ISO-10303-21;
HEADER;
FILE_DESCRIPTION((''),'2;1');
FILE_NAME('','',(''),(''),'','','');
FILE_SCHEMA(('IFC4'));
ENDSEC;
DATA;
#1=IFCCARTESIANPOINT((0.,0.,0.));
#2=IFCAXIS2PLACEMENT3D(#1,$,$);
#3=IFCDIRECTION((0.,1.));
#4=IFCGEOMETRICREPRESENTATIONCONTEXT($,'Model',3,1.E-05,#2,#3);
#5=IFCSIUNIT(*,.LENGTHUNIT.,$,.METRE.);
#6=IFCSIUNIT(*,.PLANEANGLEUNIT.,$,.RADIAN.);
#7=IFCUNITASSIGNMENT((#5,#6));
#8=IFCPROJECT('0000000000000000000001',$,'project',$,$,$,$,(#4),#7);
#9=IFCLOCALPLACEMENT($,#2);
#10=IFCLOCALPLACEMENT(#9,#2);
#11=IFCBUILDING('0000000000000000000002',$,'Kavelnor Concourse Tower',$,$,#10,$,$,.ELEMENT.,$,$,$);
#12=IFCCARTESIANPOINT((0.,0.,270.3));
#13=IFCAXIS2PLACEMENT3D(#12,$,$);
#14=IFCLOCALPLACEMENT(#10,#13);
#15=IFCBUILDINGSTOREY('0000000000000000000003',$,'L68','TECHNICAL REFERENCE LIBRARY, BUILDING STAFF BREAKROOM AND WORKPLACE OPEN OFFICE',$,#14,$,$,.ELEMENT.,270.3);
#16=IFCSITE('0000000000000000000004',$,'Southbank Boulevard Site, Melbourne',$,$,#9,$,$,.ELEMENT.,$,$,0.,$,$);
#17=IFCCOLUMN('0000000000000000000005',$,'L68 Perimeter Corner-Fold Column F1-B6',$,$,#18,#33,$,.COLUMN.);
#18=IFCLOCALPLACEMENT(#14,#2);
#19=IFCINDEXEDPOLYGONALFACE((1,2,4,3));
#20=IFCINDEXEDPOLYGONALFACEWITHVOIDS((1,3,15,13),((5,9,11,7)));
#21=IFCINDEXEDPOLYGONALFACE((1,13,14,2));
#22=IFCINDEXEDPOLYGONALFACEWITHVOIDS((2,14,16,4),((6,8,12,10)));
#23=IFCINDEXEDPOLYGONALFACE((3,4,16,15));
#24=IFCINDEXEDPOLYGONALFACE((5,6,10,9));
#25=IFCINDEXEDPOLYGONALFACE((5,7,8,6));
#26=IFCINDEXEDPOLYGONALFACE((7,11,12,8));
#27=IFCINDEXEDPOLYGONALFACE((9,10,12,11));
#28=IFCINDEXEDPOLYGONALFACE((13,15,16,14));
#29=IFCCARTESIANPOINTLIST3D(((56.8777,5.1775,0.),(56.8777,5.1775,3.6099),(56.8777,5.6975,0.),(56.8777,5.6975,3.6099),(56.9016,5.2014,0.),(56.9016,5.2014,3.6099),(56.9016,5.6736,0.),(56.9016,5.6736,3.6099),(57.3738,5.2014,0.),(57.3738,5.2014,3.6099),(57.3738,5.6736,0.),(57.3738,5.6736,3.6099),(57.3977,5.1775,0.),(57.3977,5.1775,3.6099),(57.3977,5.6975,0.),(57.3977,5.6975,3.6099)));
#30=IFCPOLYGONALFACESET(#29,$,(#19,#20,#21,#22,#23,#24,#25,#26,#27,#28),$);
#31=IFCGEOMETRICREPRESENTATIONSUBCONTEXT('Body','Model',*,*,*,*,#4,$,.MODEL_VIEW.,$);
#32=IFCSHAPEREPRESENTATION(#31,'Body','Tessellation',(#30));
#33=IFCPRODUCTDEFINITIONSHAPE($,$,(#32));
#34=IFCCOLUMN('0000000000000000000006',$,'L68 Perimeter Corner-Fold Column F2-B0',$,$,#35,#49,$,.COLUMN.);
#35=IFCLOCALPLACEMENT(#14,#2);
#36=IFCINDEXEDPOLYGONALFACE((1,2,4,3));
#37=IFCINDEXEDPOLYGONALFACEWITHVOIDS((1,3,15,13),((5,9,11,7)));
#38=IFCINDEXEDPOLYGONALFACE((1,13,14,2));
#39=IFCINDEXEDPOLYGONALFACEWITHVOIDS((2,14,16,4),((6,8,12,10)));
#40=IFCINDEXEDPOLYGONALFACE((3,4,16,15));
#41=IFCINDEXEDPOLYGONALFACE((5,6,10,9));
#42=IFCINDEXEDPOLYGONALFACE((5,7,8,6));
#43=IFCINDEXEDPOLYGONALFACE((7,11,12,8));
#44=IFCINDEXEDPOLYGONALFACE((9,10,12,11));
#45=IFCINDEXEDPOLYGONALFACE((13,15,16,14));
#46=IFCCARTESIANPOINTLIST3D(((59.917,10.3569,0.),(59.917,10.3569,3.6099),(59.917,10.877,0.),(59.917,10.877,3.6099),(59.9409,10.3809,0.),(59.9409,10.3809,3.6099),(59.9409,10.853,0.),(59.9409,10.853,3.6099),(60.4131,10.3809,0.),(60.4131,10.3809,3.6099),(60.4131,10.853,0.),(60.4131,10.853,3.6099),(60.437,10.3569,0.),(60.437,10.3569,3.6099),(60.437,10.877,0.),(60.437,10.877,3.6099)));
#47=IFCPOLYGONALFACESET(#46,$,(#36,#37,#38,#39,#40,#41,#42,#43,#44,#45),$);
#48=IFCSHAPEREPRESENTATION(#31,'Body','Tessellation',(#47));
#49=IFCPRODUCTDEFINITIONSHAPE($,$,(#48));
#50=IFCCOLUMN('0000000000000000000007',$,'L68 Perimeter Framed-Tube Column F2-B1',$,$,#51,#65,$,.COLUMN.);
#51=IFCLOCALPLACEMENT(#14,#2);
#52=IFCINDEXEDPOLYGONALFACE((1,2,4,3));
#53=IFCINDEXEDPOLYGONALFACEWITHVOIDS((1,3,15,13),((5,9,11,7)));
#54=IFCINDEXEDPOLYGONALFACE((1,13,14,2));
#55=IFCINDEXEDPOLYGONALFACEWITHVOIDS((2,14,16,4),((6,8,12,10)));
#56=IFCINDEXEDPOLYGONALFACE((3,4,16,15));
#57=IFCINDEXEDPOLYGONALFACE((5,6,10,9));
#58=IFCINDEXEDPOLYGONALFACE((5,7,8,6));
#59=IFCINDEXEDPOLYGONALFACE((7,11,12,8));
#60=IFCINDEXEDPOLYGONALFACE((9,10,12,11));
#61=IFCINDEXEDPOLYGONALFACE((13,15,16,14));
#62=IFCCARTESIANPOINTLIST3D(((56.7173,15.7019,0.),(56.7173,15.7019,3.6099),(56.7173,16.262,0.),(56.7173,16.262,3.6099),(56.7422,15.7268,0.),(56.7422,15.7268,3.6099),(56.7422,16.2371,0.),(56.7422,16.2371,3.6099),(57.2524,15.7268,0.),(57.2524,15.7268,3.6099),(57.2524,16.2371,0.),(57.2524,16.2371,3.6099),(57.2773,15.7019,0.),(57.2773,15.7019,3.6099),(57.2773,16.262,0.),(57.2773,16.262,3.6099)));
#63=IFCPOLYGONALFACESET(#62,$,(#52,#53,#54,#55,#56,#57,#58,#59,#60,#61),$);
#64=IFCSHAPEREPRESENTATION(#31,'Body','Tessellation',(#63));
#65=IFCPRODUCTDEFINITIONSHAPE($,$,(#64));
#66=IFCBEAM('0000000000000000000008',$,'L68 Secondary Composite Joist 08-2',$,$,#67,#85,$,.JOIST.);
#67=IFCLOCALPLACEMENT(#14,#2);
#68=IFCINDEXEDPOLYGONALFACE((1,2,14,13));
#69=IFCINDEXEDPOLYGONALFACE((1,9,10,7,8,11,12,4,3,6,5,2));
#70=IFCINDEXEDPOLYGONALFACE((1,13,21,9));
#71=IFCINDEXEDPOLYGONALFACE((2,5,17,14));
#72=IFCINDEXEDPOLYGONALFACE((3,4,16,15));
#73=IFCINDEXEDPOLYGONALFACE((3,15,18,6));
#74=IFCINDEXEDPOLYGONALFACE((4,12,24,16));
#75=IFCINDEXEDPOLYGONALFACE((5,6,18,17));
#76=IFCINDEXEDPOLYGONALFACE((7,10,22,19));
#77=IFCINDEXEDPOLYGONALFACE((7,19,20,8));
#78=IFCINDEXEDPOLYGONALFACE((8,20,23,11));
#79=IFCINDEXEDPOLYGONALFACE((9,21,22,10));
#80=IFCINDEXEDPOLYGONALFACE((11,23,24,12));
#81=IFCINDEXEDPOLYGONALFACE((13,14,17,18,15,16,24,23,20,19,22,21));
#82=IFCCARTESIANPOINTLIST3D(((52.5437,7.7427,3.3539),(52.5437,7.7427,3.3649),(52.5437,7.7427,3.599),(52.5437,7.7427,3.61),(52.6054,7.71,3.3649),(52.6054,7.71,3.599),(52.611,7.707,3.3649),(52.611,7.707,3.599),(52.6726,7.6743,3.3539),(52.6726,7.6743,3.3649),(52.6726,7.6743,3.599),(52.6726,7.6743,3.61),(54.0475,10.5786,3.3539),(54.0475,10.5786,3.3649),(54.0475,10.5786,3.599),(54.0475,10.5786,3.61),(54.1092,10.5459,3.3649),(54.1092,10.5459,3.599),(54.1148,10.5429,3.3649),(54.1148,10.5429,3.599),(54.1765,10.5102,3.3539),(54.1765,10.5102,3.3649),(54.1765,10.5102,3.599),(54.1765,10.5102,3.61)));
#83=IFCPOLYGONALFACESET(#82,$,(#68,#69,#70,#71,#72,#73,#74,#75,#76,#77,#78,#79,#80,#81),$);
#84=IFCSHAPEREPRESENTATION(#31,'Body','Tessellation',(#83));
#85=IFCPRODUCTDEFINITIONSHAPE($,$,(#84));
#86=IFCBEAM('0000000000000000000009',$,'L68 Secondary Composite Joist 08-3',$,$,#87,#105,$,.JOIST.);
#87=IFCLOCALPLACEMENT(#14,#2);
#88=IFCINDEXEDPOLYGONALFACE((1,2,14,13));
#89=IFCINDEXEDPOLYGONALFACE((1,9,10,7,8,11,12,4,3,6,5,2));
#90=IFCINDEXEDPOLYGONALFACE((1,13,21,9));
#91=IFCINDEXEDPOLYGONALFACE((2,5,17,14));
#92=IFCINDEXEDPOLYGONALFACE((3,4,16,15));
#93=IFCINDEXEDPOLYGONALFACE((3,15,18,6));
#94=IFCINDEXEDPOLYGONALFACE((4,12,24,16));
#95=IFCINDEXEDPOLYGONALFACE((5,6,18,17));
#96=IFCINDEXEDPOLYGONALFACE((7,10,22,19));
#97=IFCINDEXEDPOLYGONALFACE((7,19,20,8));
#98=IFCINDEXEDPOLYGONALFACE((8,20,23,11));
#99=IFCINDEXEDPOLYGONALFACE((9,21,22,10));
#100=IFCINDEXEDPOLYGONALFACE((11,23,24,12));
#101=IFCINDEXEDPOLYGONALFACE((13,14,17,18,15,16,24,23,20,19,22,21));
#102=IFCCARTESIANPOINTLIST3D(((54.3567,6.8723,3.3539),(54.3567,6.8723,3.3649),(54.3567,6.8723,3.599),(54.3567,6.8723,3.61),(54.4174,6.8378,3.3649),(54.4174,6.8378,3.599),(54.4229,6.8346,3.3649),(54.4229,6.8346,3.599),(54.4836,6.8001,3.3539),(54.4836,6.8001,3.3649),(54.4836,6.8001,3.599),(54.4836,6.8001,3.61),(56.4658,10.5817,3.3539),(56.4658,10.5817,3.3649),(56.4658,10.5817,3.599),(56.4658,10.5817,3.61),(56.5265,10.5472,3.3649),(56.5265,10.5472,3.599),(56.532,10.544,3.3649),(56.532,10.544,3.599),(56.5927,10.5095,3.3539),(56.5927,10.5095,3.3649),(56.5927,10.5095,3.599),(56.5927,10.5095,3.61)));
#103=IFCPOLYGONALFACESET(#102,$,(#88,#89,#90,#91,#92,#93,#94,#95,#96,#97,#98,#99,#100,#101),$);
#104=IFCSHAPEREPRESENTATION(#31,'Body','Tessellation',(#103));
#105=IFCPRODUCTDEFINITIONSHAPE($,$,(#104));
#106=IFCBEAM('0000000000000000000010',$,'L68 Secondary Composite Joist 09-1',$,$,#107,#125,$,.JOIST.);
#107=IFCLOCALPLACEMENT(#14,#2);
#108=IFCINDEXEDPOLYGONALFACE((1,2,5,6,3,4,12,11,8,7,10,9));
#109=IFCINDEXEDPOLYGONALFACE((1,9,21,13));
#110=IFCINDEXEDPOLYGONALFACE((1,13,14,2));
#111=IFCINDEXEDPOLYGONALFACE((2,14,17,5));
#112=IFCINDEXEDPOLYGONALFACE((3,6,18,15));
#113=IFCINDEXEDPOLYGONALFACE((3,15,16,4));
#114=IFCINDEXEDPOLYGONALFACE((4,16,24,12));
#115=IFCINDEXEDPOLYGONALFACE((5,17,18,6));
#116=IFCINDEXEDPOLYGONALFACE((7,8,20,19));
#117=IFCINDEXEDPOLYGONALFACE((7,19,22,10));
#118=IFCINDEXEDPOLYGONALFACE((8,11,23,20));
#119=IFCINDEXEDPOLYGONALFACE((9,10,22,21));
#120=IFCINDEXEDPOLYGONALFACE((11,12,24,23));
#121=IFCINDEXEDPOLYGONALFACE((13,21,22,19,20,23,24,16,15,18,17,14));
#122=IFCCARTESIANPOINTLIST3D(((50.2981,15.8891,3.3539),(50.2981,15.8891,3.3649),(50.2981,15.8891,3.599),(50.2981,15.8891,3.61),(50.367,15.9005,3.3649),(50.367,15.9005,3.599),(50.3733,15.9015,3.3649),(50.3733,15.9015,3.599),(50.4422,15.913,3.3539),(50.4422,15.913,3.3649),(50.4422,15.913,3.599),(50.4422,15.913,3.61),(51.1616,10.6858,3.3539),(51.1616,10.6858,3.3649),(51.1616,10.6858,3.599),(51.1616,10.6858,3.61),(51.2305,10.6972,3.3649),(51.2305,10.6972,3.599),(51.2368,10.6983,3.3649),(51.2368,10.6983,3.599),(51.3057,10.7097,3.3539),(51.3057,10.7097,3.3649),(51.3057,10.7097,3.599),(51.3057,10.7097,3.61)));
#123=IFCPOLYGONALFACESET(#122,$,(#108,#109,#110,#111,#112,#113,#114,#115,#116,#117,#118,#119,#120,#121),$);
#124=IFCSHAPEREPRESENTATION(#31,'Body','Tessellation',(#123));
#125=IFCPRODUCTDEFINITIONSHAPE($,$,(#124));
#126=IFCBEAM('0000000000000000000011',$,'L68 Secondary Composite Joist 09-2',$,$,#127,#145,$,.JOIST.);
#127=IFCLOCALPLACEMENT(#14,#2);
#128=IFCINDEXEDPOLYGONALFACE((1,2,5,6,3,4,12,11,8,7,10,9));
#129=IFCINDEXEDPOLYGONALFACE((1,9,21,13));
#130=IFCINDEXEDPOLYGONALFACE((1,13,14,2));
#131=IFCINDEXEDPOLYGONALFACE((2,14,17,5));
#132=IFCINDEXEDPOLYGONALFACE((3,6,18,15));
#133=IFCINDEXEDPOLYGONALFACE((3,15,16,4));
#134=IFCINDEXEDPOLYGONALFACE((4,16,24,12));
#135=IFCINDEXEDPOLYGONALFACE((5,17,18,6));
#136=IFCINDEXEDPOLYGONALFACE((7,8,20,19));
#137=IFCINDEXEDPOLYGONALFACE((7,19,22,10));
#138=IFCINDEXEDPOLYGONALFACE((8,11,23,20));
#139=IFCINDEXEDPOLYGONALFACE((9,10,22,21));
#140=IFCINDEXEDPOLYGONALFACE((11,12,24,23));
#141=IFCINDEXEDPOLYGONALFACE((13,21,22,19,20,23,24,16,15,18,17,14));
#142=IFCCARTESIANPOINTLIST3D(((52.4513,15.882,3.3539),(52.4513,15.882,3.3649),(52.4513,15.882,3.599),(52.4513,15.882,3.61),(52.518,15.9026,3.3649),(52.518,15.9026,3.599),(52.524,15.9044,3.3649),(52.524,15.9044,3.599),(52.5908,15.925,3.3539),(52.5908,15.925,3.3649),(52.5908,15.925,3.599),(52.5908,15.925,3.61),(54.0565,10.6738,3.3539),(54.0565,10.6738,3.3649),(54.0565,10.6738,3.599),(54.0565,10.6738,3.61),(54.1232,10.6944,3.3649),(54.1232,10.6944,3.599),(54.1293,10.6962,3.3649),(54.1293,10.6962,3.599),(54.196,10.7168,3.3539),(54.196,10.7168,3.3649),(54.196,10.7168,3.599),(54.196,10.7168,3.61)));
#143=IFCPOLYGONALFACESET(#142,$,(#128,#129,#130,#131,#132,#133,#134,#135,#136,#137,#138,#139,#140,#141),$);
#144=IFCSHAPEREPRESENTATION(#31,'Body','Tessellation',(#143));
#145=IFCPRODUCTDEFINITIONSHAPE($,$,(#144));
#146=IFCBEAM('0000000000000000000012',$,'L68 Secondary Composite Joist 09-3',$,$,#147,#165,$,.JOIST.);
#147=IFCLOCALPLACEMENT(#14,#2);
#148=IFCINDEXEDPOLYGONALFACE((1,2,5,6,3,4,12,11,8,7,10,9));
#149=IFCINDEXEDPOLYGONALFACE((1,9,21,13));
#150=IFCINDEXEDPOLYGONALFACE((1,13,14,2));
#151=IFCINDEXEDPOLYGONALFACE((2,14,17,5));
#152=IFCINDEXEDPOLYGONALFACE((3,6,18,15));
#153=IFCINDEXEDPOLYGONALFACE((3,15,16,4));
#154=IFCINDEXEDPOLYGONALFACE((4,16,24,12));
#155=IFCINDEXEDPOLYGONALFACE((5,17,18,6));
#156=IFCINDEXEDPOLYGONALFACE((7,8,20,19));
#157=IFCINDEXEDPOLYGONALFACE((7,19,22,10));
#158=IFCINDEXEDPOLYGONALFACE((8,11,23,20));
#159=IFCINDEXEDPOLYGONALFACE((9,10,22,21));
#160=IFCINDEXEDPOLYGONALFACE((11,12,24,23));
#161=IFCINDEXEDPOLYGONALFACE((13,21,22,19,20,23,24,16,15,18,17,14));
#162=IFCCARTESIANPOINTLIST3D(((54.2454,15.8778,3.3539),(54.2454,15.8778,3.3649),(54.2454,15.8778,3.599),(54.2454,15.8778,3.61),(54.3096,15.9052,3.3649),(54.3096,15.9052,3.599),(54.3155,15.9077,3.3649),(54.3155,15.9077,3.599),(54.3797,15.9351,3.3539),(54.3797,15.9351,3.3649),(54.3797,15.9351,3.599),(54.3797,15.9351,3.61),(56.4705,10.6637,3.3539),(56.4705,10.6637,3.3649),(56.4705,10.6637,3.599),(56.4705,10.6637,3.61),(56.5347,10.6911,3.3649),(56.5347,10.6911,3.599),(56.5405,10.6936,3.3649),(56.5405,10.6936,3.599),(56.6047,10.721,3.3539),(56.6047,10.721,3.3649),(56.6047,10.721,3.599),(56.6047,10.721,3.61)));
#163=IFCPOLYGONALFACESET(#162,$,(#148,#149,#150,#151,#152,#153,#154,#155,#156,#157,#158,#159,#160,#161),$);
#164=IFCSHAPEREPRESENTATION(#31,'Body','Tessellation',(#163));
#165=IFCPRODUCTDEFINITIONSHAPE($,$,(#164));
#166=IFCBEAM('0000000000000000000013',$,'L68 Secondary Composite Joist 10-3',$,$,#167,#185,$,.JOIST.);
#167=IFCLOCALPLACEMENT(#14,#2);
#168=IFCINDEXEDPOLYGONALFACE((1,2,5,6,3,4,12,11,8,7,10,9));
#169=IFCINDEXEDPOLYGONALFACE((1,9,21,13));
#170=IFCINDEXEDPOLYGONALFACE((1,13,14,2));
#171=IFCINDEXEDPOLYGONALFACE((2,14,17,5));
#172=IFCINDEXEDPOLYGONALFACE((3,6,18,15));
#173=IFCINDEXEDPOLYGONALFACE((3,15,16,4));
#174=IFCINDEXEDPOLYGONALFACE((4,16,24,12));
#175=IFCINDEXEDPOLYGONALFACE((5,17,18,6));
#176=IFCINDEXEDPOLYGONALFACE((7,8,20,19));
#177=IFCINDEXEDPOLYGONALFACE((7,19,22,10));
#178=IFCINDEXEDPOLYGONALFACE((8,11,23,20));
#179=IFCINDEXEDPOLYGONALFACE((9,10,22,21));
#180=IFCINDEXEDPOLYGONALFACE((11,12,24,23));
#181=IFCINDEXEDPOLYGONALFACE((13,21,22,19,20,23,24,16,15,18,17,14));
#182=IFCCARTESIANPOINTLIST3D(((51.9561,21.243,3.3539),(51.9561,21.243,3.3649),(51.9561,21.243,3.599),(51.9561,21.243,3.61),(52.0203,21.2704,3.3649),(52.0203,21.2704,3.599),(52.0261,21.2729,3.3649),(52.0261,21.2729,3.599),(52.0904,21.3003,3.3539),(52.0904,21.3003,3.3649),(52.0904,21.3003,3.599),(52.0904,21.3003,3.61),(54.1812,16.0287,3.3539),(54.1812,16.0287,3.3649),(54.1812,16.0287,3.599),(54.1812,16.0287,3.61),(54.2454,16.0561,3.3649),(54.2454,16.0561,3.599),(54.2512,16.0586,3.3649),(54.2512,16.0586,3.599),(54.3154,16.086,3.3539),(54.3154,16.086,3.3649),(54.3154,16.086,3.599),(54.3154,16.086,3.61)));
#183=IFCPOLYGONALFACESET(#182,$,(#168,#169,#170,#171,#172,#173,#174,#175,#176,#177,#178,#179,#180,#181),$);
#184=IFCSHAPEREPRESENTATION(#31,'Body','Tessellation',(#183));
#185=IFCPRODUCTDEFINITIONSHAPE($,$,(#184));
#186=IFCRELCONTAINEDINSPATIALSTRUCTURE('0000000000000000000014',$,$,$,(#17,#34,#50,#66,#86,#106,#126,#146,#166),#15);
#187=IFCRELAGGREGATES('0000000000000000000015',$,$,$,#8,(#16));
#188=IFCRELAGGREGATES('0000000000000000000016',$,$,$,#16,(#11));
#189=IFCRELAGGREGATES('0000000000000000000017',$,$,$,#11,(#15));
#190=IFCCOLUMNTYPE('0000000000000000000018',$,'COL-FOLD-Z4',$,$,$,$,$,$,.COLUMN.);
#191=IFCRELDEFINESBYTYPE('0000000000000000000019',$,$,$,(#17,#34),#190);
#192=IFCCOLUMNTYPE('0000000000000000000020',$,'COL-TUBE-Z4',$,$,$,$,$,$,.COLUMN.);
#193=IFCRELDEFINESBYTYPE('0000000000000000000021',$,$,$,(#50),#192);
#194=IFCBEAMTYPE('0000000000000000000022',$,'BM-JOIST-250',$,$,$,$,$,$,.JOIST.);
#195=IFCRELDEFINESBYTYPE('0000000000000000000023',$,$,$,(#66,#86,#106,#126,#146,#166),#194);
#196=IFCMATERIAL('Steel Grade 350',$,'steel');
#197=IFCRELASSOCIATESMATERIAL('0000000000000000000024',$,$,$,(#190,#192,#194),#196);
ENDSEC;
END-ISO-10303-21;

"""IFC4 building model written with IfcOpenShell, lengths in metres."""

from ifc_helpers import new_model, si_unit, direction, frame, origin, origin_2d, place, context, subcontext, project, spatial, hollow_rectangle, i_section, extrude, material, material_profile, profile_set, type_object, element, save


model = new_model("IFC4")

# Units and contexts
model_context = context("Model", 3, precision=1e-05, world=origin(), true_north=direction((0.0, 1.0)))
body_context = subcontext(model_context, "Body", "Model", "MODEL_VIEW")
ifc_project = project(units=[si_unit("LENGTHUNIT", "METRE"), si_unit("PLANEANGLEUNIT", "RADIAN")], contexts=[model_context])

# Site, building, storey
site_placement = place(None, origin())
site = spatial("IfcSite", under=ifc_project, at=site_placement, Name="Southbank Boulevard Site, Melbourne", CompositionType="ELEMENT", RefElevation=0.0)
building_placement = place(site_placement, origin())
building = spatial("IfcBuilding", under=site, at=building_placement, Name="Kavelnor Concourse Tower", CompositionType="ELEMENT")
storey_placement = place(building_placement, frame((0.0, 0.0, 270.3)))
storey = spatial("IfcBuildingStorey", under=building, at=storey_placement, Name="L68", Description="TECHNICAL REFERENCE LIBRARY, BUILDING STAFF BREAKROOM AND WORKPLACE OPEN OFFICE", CompositionType="ELEMENT", Elevation=270.3)

# Columns
ifc_material_1 = material(Name="Steel Grade 350", Category="steel")
ifc_material_profile_1 = material_profile(ifc_material_1, hollow_rectangle(XDim=0.52, YDim=0.52, WallThickness=0.0239, at=origin_2d()), Name="SHS 520x520x24")
ifc_profile_set_1 = profile_set([ifc_material_profile_1], Name="Steel Grade 350")
column_type_1 = type_object("IfcColumnType", Name="COL-FOLD-Z4", PredefinedType="COLUMN", material=ifc_profile_set_1)
for number, where, z_axis, x_axis, name in (
    (1, (57.1377, 5.4375, 0.0), (0.0, 0.0, 1.0), (1.0, 0.0, 0.0), "L68 Perimeter Corner-Fold Column F1-B6"),
    (2, (60.177, 10.6169, 0.0), (0.0, 0.0, 1.0), (1.0, 0.0, 0.0), "L68 Perimeter Corner-Fold Column F2-B0"),
):
    element("IfcColumn", number, at=place(storey_placement, frame(where, z_axis=z_axis, x_axis=x_axis)), inside=storey, type_object=column_type_1, Name=name, PredefinedType="COLUMN", context=body_context, shape_type="SweptSolid", body=[
        extrude(hollow_rectangle(XDim=0.52, YDim=0.52, WallThickness=0.0239, at=origin_2d()), origin(), (0.0, 0.0, 1.0), 3.6099),
    ])
ifc_material_profile_2 = material_profile(ifc_material_1, hollow_rectangle(XDim=0.5601, YDim=0.5601, WallThickness=0.0249, at=origin_2d()), Name="SHS 560x560x25")
ifc_profile_set_2 = profile_set([ifc_material_profile_2], Name="Steel Grade 350")
column_type_2 = type_object("IfcColumnType", Name="COL-TUBE-Z4", PredefinedType="COLUMN", material=ifc_profile_set_2)
column_placement = place(storey_placement, frame((56.9973, 15.9819, 0.0), z_axis=(0.0, 0.0, 1.0), x_axis=(1.0, 0.0, 0.0)))
element("IfcColumn", 3, at=column_placement, inside=storey, type_object=column_type_2, Name="L68 Perimeter Framed-Tube Column F2-B1", PredefinedType="COLUMN", context=body_context, shape_type="SweptSolid", body=[
    extrude(hollow_rectangle(XDim=0.5601, YDim=0.5601, WallThickness=0.0249, at=origin_2d()), origin(), (0.0, 0.0, 1.0), 3.6099),
])

# Beams
ifc_material_profile_3 = material_profile(ifc_material_1, i_section(OverallWidth=0.146, OverallDepth=0.2561, WebThickness=0.0063, FlangeThickness=0.011, at=origin_2d()), Name="250UB37")
ifc_profile_set_3 = profile_set([ifc_material_profile_3], Name="Steel Grade 350")
beam_type_1 = type_object("IfcBeamType", Name="BM-JOIST-250", PredefinedType="JOIST", material=ifc_profile_set_3)
beam_1_placement = place(storey_placement, frame((52.6082, 7.7085, 3.4819), z_axis=(0.468503, 0.883462, 0.0), x_axis=(-0.883462, 0.468503, 0.0)))
element("IfcBeam", 4, at=beam_1_placement, inside=storey, type_object=beam_type_1, Name="L68 Secondary Composite Joist 08-2", PredefinedType="JOIST", context=body_context, shape_type="SweptSolid", body=[
    extrude(i_section(OverallWidth=0.146, OverallDepth=0.2561, WebThickness=0.0063, FlangeThickness=0.011, at=origin_2d()), origin(), (0.0, 0.0, 1.0), 3.21),
])
beam_2_placement = place(storey_placement, frame((54.4202, 6.8362, 3.4819), z_axis=(0.494271, 0.869308, 0.0), x_axis=(-0.869308, 0.494271, 0.0)))
element("IfcBeam", 5, at=beam_2_placement, inside=storey, type_object=beam_type_1, Name="L68 Secondary Composite Joist 08-3", PredefinedType="JOIST", context=body_context, shape_type="SweptSolid", body=[
    extrude(i_section(OverallWidth=0.146, OverallDepth=0.2561, WebThickness=0.0063, FlangeThickness=0.011, at=origin_2d()), origin(), (0.0, 0.0, 1.0), 4.2671),
])
beam_3_placement = place(storey_placement, frame((51.2336, 10.6978, 3.4819), z_axis=(-0.163716, 0.986508, 0.0), x_axis=(-0.986508, -0.163716, 0.0)))
element("IfcBeam", 6, at=beam_3_placement, inside=storey, type_object=beam_type_1, Name="L68 Secondary Composite Joist 09-1", PredefinedType="JOIST", context=body_context, shape_type="SweptSolid", body=[
    extrude(i_section(OverallWidth=0.146, OverallDepth=0.2561, WebThickness=0.0063, FlangeThickness=0.011, at=origin_2d()), origin(), (0.0, 0.0, 1.0), 5.2744),
])
beam_4_placement = place(storey_placement, frame((54.1262, 10.6953, 3.4819), z_axis=(-0.294536, 0.95564, 0.0), x_axis=(-0.95564, -0.294536, 0.0)))
element("IfcBeam", 7, at=beam_4_placement, inside=storey, type_object=beam_type_1, Name="L68 Secondary Composite Joist 09-2", PredefinedType="JOIST", context=body_context, shape_type="SweptSolid", body=[
    extrude(i_section(OverallWidth=0.146, OverallDepth=0.2561, WebThickness=0.0063, FlangeThickness=0.011, at=origin_2d()), origin(), (0.0, 0.0, 1.0), 5.45),
])
beam_5_placement = place(storey_placement, frame((56.5376, 10.6924, 3.4819), z_axis=(-0.3925, 0.919752, 0.0), x_axis=(-0.919752, -0.3925, 0.0)))
element("IfcBeam", 8, at=beam_5_placement, inside=storey, type_object=beam_type_1, Name="L68 Secondary Composite Joist 09-3", PredefinedType="JOIST", context=body_context, shape_type="SweptSolid", body=[
    extrude(i_section(OverallWidth=0.146, OverallDepth=0.2561, WebThickness=0.0063, FlangeThickness=0.011, at=origin_2d()), origin(), (0.0, 0.0, 1.0), 5.6689),
])
beam_6_placement = place(storey_placement, frame((54.2483, 16.0574, 3.4819), z_axis=(-0.392484, 0.919759, 0.0), x_axis=(-0.919759, -0.392484, 0.0)))
element("IfcBeam", 9, at=beam_6_placement, inside=storey, type_object=beam_type_1, Name="L68 Secondary Composite Joist 10-3", PredefinedType="JOIST", context=body_context, shape_type="SweptSolid", body=[
    extrude(i_section(OverallWidth=0.146, OverallDepth=0.2561, WebThickness=0.0063, FlangeThickness=0.011, at=origin_2d()), origin(), (0.0, 0.0, 1.0), 5.6692),
])

save(model, "model.ifc")
